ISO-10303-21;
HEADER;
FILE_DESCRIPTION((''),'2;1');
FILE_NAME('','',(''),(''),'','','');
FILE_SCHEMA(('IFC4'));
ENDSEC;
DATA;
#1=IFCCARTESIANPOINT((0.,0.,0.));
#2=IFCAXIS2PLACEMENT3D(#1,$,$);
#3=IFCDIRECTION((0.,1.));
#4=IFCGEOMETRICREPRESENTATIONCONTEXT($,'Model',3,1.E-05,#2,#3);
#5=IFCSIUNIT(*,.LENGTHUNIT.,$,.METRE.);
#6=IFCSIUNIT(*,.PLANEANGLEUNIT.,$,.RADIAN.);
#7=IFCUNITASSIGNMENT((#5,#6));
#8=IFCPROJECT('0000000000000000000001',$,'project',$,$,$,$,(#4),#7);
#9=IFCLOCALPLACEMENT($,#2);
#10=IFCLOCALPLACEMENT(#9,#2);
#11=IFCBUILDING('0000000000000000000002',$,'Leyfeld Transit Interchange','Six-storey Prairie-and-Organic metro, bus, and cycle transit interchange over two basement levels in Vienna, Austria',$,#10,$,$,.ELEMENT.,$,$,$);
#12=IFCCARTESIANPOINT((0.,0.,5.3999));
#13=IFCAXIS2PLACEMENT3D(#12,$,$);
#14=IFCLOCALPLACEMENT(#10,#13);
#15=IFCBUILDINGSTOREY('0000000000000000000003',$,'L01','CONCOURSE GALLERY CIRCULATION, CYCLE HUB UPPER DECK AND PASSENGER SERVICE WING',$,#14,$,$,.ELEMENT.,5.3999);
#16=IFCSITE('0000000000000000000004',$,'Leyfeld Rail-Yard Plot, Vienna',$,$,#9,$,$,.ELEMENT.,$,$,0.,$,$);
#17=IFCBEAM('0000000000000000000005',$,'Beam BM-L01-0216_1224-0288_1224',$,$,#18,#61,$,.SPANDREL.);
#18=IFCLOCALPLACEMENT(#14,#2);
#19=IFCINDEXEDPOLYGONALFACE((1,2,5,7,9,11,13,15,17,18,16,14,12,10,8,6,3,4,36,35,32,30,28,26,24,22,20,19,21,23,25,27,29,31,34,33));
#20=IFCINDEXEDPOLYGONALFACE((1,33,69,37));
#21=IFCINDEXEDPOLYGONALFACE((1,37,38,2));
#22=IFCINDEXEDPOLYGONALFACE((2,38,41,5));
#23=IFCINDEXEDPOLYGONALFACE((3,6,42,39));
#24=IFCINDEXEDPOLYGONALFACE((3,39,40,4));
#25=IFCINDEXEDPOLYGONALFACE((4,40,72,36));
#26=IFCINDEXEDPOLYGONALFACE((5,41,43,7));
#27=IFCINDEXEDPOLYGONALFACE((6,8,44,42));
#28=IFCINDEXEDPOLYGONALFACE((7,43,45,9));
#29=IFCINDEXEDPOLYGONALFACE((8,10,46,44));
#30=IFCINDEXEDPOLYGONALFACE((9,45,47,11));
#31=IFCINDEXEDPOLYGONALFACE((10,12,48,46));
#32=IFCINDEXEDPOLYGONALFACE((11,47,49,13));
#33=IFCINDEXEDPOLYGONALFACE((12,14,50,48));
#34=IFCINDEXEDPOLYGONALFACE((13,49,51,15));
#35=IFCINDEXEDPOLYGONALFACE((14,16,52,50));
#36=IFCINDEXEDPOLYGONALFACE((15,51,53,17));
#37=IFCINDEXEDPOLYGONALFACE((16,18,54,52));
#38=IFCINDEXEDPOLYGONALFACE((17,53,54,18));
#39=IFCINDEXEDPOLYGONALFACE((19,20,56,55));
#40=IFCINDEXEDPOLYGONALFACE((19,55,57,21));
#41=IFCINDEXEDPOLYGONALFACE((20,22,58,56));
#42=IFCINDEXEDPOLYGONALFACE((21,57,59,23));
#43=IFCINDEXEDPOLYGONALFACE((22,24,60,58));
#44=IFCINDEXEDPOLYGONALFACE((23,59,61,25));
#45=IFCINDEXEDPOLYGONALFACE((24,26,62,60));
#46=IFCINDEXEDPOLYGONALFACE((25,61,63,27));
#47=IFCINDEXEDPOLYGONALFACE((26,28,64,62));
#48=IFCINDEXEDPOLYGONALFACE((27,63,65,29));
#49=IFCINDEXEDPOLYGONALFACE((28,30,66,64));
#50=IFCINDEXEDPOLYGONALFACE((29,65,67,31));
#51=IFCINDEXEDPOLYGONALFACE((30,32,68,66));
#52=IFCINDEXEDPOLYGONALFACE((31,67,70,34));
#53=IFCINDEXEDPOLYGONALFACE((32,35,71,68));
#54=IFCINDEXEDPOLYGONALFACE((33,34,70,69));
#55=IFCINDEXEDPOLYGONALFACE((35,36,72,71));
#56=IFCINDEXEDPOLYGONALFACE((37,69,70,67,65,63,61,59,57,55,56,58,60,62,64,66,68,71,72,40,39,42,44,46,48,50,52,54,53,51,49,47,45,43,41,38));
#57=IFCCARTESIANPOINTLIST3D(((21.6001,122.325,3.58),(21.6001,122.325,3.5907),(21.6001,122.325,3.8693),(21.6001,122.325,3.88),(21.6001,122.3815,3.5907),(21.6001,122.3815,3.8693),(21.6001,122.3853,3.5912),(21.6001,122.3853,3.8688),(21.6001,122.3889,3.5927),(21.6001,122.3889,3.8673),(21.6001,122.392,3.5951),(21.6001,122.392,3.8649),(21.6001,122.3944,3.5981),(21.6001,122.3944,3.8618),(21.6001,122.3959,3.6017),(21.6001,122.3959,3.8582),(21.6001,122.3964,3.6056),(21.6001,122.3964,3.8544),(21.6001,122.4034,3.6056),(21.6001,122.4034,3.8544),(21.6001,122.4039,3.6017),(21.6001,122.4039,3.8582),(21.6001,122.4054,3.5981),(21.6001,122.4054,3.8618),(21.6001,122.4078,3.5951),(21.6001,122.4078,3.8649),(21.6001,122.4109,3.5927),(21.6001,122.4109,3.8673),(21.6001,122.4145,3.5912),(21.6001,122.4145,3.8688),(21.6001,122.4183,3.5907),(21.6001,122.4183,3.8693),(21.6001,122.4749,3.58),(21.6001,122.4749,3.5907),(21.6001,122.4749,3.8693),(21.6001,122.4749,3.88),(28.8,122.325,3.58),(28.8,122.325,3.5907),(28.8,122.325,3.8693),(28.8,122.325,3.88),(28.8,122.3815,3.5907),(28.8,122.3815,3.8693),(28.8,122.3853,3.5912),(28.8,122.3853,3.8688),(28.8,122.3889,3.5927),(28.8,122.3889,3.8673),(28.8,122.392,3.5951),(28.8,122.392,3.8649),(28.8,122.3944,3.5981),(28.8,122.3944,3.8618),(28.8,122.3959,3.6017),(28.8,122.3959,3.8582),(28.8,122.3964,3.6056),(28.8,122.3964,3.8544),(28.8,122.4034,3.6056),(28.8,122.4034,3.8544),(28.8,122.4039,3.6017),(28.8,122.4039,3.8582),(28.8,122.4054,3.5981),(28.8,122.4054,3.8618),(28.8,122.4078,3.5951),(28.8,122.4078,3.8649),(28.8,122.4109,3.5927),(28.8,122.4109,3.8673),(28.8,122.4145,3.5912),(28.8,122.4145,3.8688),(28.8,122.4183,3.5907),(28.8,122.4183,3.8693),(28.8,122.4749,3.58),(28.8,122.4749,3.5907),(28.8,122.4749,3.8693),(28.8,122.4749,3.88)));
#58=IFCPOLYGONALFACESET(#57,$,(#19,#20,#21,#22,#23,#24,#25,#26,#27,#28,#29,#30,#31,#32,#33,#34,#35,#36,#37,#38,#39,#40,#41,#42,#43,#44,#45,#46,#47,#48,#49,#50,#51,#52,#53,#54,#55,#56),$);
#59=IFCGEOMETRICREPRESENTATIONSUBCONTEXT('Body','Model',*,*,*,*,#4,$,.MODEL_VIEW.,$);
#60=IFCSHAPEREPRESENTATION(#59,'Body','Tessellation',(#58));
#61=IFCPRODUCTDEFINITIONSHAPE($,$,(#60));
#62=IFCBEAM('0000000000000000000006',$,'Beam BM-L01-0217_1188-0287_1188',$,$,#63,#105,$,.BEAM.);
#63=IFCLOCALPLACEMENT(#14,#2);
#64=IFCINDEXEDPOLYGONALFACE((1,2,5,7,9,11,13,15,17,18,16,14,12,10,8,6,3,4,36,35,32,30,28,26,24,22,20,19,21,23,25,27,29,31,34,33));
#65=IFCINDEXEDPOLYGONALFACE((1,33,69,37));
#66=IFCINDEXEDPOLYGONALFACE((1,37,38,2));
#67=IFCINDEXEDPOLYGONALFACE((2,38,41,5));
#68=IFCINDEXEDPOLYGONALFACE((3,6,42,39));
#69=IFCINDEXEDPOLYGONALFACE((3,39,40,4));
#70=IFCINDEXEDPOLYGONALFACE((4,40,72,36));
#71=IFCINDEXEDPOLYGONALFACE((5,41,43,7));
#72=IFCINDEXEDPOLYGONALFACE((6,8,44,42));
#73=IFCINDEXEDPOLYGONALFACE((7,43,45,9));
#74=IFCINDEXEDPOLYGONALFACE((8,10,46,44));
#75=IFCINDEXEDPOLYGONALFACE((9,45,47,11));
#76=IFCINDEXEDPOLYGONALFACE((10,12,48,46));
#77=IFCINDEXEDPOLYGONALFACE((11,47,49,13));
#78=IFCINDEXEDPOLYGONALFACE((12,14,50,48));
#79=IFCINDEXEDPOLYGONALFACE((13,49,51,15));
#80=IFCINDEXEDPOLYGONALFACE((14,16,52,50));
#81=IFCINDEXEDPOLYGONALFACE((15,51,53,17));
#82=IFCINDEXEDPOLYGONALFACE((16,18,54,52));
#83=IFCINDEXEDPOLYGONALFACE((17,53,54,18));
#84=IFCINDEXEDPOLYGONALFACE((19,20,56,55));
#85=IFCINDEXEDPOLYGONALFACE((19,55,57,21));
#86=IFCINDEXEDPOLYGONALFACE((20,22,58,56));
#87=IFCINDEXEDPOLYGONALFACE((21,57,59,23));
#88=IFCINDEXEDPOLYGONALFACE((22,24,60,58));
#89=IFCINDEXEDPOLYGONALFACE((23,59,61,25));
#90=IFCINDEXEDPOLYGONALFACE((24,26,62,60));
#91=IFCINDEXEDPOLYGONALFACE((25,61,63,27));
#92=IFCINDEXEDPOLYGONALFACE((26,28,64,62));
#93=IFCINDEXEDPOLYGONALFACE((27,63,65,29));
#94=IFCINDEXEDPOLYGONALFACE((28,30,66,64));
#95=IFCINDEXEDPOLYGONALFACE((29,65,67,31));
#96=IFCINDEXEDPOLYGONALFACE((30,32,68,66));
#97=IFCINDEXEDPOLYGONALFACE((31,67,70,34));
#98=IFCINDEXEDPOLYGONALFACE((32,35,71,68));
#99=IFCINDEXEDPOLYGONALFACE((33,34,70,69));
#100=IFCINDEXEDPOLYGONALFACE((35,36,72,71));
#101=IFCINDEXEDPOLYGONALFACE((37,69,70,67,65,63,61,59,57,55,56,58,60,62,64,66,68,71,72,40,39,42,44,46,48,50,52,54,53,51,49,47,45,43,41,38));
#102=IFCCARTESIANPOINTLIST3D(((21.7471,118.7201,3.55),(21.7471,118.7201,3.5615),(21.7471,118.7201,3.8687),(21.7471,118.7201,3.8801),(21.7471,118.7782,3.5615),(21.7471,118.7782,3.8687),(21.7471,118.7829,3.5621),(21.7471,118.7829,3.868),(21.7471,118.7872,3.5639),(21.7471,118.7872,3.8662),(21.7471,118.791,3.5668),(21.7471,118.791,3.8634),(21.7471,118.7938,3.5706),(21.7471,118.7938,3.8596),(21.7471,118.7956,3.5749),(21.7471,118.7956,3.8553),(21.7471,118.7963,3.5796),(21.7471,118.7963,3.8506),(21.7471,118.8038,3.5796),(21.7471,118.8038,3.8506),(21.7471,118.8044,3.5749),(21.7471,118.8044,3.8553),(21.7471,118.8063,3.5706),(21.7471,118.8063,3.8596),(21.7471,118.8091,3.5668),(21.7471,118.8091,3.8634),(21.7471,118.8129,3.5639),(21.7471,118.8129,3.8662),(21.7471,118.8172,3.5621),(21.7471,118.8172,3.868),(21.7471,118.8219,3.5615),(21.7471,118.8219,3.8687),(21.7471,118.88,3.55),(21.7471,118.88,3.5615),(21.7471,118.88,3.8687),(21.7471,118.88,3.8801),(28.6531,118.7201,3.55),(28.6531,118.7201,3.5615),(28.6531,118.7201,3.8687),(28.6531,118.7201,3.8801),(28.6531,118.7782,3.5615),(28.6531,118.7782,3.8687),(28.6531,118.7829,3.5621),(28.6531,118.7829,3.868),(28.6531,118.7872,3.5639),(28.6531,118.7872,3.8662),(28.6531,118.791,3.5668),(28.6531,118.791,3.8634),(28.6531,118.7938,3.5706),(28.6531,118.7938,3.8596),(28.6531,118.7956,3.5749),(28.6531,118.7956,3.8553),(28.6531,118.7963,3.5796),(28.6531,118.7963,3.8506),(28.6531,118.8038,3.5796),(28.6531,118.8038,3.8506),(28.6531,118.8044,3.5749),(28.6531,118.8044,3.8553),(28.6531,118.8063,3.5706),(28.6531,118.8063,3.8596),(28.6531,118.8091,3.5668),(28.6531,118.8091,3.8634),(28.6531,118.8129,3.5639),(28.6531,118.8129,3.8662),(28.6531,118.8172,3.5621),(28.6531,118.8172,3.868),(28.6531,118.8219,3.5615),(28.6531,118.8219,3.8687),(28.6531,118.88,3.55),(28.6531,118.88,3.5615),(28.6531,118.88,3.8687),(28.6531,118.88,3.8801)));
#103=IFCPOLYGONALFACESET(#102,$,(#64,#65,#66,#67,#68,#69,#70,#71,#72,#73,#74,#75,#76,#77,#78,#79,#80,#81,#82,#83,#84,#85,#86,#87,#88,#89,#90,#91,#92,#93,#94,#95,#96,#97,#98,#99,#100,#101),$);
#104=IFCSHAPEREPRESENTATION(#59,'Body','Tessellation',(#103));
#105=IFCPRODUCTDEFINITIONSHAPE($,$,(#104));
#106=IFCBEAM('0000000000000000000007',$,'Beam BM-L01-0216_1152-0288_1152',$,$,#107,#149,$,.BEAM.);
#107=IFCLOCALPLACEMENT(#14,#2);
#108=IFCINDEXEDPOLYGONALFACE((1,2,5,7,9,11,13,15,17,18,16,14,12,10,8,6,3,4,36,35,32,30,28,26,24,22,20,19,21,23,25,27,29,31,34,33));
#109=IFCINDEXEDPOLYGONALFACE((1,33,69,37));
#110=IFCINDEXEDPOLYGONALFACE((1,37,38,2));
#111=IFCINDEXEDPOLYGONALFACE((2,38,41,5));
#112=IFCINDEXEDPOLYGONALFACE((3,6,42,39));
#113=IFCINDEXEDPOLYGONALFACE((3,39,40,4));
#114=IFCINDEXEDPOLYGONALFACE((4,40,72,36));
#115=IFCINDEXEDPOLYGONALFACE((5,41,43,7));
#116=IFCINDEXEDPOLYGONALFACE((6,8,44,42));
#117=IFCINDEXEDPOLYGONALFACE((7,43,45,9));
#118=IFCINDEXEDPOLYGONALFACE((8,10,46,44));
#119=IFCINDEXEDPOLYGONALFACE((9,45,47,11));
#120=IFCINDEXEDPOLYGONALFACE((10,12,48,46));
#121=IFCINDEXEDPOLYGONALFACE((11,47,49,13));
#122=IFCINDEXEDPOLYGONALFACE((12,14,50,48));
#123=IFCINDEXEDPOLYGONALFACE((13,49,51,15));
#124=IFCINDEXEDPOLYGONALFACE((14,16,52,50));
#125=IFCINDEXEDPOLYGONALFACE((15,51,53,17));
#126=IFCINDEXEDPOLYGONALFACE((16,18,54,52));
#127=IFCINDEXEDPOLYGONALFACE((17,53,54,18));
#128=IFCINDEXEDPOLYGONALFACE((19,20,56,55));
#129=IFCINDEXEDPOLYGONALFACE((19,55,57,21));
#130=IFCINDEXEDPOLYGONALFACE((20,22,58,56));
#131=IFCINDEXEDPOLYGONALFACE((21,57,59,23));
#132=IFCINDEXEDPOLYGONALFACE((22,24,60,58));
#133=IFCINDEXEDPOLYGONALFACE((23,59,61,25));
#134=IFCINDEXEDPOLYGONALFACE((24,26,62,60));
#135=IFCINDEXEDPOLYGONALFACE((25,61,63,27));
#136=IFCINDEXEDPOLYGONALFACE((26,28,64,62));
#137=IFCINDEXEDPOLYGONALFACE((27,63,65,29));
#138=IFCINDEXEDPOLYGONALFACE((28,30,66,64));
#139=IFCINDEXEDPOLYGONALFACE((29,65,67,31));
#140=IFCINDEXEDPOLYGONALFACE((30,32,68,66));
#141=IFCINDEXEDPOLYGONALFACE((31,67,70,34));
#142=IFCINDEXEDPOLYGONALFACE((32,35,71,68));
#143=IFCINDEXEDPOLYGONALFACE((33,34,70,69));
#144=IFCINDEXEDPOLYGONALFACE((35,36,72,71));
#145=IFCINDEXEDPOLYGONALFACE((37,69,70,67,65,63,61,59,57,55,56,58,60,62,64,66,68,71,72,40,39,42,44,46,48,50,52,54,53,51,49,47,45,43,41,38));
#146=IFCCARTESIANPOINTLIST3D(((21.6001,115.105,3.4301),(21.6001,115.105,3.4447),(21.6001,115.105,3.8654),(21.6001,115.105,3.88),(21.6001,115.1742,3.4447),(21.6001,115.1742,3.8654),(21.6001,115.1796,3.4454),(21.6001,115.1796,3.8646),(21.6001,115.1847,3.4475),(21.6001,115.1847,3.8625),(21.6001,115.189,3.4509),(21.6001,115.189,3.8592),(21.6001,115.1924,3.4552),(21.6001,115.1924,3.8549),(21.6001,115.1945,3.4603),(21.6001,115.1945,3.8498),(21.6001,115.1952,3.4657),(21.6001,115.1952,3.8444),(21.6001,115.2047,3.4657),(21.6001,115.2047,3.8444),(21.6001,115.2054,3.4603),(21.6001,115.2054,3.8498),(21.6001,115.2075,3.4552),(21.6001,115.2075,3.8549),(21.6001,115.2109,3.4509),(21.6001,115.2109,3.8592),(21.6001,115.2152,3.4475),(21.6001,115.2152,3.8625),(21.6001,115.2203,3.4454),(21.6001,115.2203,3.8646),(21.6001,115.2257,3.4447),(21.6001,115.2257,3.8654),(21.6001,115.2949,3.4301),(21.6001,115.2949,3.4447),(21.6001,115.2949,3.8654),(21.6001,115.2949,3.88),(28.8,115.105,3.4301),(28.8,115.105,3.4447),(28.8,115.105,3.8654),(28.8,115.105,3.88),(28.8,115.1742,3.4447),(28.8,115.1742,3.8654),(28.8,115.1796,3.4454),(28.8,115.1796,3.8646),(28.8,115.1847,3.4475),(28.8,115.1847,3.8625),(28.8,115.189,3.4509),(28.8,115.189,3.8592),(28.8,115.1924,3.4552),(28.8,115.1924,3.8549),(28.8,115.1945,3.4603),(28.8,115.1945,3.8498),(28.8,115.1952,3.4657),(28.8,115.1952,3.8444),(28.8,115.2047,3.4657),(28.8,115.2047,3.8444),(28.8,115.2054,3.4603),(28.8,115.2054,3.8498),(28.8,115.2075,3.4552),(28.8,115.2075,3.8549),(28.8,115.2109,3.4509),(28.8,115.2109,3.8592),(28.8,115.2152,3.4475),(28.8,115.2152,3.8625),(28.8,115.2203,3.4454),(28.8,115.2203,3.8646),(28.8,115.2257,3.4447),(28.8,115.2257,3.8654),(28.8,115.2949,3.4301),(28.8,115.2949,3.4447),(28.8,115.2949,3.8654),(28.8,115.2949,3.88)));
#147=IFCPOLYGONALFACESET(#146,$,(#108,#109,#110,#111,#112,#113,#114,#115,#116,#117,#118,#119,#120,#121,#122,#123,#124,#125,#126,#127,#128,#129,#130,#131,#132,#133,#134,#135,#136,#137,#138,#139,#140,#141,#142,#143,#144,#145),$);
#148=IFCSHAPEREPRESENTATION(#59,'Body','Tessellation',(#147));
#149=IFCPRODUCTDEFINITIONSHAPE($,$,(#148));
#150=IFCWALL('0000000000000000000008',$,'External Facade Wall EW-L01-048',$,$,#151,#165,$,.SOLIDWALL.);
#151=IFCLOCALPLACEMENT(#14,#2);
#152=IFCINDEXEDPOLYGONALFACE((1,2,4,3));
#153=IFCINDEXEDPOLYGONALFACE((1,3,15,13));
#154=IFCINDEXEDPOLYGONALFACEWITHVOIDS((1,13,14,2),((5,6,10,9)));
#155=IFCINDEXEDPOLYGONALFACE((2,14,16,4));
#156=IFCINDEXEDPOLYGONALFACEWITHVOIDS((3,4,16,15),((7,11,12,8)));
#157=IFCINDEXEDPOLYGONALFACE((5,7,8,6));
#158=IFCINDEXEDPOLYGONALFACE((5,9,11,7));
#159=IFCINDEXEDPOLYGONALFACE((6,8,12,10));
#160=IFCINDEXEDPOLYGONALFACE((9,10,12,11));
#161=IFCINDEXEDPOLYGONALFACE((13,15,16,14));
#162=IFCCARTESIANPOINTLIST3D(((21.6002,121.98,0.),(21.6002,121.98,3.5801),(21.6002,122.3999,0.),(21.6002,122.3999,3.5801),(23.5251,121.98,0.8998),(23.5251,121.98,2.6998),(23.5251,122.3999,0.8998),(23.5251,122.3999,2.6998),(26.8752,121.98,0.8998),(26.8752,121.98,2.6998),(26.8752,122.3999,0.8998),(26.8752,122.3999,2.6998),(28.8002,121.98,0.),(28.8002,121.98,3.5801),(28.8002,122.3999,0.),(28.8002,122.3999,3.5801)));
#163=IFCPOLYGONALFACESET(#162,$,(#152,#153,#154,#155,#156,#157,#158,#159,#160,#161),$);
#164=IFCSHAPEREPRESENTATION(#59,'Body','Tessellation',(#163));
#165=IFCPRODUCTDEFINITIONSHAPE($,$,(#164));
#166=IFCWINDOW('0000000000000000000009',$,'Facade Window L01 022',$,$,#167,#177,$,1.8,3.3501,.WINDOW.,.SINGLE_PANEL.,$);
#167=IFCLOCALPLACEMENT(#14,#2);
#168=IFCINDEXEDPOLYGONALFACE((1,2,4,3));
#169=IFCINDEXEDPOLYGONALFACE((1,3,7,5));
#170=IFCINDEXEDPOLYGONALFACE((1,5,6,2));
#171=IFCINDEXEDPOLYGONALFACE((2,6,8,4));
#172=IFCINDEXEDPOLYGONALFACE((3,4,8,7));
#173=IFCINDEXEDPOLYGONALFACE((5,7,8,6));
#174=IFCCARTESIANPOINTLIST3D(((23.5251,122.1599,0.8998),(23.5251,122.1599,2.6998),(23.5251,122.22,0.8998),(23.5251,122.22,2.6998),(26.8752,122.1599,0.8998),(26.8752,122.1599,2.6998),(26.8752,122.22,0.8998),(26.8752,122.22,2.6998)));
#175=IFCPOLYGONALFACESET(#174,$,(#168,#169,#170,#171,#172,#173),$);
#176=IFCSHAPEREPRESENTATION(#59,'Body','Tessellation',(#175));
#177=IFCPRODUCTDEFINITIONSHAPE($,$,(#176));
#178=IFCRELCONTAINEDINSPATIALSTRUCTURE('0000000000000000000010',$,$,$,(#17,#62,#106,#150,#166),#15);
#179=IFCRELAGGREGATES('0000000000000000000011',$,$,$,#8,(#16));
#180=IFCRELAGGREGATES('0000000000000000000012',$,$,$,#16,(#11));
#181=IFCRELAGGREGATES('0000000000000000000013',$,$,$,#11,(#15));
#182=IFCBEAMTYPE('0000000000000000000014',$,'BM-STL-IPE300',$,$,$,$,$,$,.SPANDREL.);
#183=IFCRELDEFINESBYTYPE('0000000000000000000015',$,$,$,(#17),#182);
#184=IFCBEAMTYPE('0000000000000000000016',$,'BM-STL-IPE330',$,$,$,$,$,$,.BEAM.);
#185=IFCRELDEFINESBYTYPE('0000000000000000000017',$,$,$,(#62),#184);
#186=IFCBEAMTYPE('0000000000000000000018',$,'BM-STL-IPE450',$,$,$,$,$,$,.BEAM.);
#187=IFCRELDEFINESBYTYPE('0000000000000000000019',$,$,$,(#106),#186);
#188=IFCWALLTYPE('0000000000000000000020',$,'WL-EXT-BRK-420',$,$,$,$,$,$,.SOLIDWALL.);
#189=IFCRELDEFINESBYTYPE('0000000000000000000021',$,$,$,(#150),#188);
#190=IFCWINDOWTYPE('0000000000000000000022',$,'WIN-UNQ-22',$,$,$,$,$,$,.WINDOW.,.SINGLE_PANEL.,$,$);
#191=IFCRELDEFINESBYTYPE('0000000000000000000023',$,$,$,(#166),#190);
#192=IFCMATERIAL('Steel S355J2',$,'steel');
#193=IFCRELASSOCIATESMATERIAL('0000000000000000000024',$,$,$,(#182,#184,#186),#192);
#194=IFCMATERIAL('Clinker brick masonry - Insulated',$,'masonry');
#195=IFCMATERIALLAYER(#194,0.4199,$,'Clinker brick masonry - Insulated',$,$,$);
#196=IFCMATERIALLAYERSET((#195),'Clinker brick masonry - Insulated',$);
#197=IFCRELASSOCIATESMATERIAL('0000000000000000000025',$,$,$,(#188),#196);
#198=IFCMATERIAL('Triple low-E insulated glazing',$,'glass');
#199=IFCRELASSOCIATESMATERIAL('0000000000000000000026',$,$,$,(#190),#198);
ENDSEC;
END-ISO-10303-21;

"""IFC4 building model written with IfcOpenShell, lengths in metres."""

from ifc_helpers import new_model, si_unit, direction, frame, frame_2d, origin, origin_2d, place, context, subcontext, project, spatial, rectangle, i_section, extrude, material, layer, layer_set, material_profile, profile_set, type_object, element, fill, save


model = new_model("IFC4")

# Units and contexts
model_context = context("Model", 3, precision=1e-05, world=origin(), true_north=direction((0.0, 1.0)))
body_context = subcontext(model_context, "Body", "Model", "MODEL_VIEW")
ifc_project = project(units=[si_unit("LENGTHUNIT", "METRE"), si_unit("PLANEANGLEUNIT", "RADIAN")], contexts=[model_context])

# Site, building, storey
site_placement = place(None, origin())
site = spatial("IfcSite", under=ifc_project, at=site_placement, Name="Leyfeld Rail-Yard Plot, Vienna", CompositionType="ELEMENT", RefElevation=0.0)
building_placement = place(site_placement, origin())
building = spatial("IfcBuilding", under=site, at=building_placement, Name="Leyfeld Transit Interchange", Description="Six-storey Prairie-and-Organic metro, bus, and cycle transit interchange over two basement levels in Vienna, Austria", CompositionType="ELEMENT")
storey_placement = place(building_placement, frame((0.0, 0.0, 5.3999)))
storey = spatial("IfcBuildingStorey", under=building, at=storey_placement, Name="L01", Description="CONCOURSE GALLERY CIRCULATION, CYCLE HUB UPPER DECK AND PASSENGER SERVICE WING", CompositionType="ELEMENT", Elevation=5.3999)

# Beams
ifc_material_1 = material(Name="Steel S355J2", Category="steel")
ifc_material_profile_1 = material_profile(ifc_material_1, i_section(OverallWidth=0.1499, OverallDepth=0.3, WebThickness=0.0071, FlangeThickness=0.0107, FilletRadius=0.0149, at=origin_2d()), Name="IPE 300")
ifc_profile_set_1 = profile_set([ifc_material_profile_1], Name="Steel S355J2")
beam_type_1 = type_object("IfcBeamType", Name="BM-STL-IPE300", PredefinedType="SPANDREL", material=ifc_profile_set_1)
beam_1_placement = place(storey_placement, frame((21.6001, 122.3999, 3.73), z_axis=(1.0, 0.0, 0.0), x_axis=(0.0, 1.0, 0.0)))
element("IfcBeam", 1, at=beam_1_placement, inside=storey, type_object=beam_type_1, Name="Beam BM-L01-0216_1224-0288_1224", PredefinedType="SPANDREL", context=body_context, shape_type="SweptSolid", body=[
    extrude(i_section(OverallWidth=0.1499, OverallDepth=0.3, WebThickness=0.0071, FlangeThickness=0.0107, FilletRadius=0.0149, at=origin_2d()), origin(), (0.0, 0.0, 1.0), 7.2),
])
ifc_material_profile_2 = material_profile(ifc_material_1, i_section(OverallWidth=0.1599, OverallDepth=0.3301, WebThickness=0.0076, FlangeThickness=0.0115, FilletRadius=0.0181, at=origin_2d()), Name="IPE 330")
ifc_profile_set_2 = profile_set([ifc_material_profile_2], Name="Steel S355J2")
beam_type_2 = type_object("IfcBeamType", Name="BM-STL-IPE330", PredefinedType="BEAM", material=ifc_profile_set_2)
beam_2_placement = place(storey_placement, frame((21.7471, 118.8, 3.7151), z_axis=(1.0, 0.0, 0.0), x_axis=(0.0, 1.0, 0.0)))
element("IfcBeam", 2, at=beam_2_placement, inside=storey, type_object=beam_type_2, Name="Beam BM-L01-0217_1188-0287_1188", PredefinedType="BEAM", context=body_context, shape_type="SweptSolid", body=[
    extrude(i_section(OverallWidth=0.1599, OverallDepth=0.3301, WebThickness=0.0076, FlangeThickness=0.0115, FilletRadius=0.0181, at=origin_2d()), origin(), (0.0, 0.0, 1.0), 6.906),
])
ifc_material_profile_3 = material_profile(ifc_material_1, i_section(OverallWidth=0.1899, OverallDepth=0.45, WebThickness=0.0095, FlangeThickness=0.0146, FilletRadius=0.021, at=origin_2d()), Name="IPE 450")
ifc_profile_set_3 = profile_set([ifc_material_profile_3], Name="Steel S355J2")
beam_type_3 = type_object("IfcBeamType", Name="BM-STL-IPE450", PredefinedType="BEAM", material=ifc_profile_set_3)
beam_3_placement = place(storey_placement, frame((21.6001, 115.2, 3.655), z_axis=(1.0, 0.0, 0.0), x_axis=(0.0, 1.0, 0.0)))
element("IfcBeam", 3, at=beam_3_placement, inside=storey, type_object=beam_type_3, Name="Beam BM-L01-0216_1152-0288_1152", PredefinedType="BEAM", context=body_context, shape_type="SweptSolid", body=[
    extrude(i_section(OverallWidth=0.1899, OverallDepth=0.45, WebThickness=0.0095, FlangeThickness=0.0146, FilletRadius=0.021, at=origin_2d()), origin(), (0.0, 0.0, 1.0), 7.2),
])

# Wall, opening, window
ifc_material_2 = material(Name="Clinker brick masonry - Insulated", Category="masonry")
ifc_layer_1 = layer(ifc_material_2, 0.4199, Name="Clinker brick masonry - Insulated")
ifc_layer_set_1 = layer_set([ifc_layer_1], Name="Clinker brick masonry - Insulated")
wall_type_1 = type_object("IfcWallType", Name="WL-EXT-BRK-420", PredefinedType="SOLIDWALL", material=ifc_layer_set_1)
wall_1_placement = place(storey_placement, frame((21.6001, 122.1899, 0.0), z_axis=(0.0, 0.0, 1.0), x_axis=(1.0, 0.0, 0.0)))
wall_1 = element("IfcWall", 4, at=wall_1_placement, inside=storey, type_object=wall_type_1, Name="External Facade Wall EW-L01-048", PredefinedType="SOLIDWALL", context=body_context, shape_type="SweptSolid", body=[
    extrude(rectangle(XDim=7.2, YDim=0.4199, at=frame_2d((3.6001, 0.0))), origin(), (0.0, 0.0, 1.0), 3.5801),
])
opening_1_placement = place(wall_1_placement, frame((1.925, 0.0, 0.8999)))
opening_1 = element("IfcOpeningElement", 5, at=opening_1_placement, cuts=wall_1, PredefinedType="OPENING", context=body_context, shape_type="SweptSolid", body=[
    extrude(rectangle(XDim=3.3501, YDim=1.8, at=frame_2d((1.675, 0.8999))), frame((0.0, 0.22, 0.0), z_axis=(0.0, -1.0, 0.0), x_axis=(1.0, 0.0, 0.0)), (0.0, 0.0, 1.0), 0.4399),
])
ifc_material_3 = material(Name="Triple low-E insulated glazing", Category="glass")
window_type = type_object("IfcWindowType", Name="WIN-UNQ-22", PartitioningType="SINGLE_PANEL", PredefinedType="WINDOW", material=ifc_material_3)
window_placement = place(opening_1_placement, origin())
window = element("IfcWindow", 6, at=window_placement, inside=storey, type_object=window_type, Name="Facade Window L01 022", OverallHeight=1.8, OverallWidth=3.3501, PartitioningType="SINGLE_PANEL", PredefinedType="WINDOW", context=body_context, shape_type="SweptSolid", body=[
    extrude(rectangle(XDim=3.3501, YDim=1.8, at=frame_2d((1.675, 0.8999))), frame((0.0, 0.03, 0.0), z_axis=(0.0, -1.0, 0.0), x_axis=(1.0, 0.0, 0.0)), (0.0, 0.0, 1.0), 0.0601),
])
fill(opening_1, window)

save(model, "model.ifc")
